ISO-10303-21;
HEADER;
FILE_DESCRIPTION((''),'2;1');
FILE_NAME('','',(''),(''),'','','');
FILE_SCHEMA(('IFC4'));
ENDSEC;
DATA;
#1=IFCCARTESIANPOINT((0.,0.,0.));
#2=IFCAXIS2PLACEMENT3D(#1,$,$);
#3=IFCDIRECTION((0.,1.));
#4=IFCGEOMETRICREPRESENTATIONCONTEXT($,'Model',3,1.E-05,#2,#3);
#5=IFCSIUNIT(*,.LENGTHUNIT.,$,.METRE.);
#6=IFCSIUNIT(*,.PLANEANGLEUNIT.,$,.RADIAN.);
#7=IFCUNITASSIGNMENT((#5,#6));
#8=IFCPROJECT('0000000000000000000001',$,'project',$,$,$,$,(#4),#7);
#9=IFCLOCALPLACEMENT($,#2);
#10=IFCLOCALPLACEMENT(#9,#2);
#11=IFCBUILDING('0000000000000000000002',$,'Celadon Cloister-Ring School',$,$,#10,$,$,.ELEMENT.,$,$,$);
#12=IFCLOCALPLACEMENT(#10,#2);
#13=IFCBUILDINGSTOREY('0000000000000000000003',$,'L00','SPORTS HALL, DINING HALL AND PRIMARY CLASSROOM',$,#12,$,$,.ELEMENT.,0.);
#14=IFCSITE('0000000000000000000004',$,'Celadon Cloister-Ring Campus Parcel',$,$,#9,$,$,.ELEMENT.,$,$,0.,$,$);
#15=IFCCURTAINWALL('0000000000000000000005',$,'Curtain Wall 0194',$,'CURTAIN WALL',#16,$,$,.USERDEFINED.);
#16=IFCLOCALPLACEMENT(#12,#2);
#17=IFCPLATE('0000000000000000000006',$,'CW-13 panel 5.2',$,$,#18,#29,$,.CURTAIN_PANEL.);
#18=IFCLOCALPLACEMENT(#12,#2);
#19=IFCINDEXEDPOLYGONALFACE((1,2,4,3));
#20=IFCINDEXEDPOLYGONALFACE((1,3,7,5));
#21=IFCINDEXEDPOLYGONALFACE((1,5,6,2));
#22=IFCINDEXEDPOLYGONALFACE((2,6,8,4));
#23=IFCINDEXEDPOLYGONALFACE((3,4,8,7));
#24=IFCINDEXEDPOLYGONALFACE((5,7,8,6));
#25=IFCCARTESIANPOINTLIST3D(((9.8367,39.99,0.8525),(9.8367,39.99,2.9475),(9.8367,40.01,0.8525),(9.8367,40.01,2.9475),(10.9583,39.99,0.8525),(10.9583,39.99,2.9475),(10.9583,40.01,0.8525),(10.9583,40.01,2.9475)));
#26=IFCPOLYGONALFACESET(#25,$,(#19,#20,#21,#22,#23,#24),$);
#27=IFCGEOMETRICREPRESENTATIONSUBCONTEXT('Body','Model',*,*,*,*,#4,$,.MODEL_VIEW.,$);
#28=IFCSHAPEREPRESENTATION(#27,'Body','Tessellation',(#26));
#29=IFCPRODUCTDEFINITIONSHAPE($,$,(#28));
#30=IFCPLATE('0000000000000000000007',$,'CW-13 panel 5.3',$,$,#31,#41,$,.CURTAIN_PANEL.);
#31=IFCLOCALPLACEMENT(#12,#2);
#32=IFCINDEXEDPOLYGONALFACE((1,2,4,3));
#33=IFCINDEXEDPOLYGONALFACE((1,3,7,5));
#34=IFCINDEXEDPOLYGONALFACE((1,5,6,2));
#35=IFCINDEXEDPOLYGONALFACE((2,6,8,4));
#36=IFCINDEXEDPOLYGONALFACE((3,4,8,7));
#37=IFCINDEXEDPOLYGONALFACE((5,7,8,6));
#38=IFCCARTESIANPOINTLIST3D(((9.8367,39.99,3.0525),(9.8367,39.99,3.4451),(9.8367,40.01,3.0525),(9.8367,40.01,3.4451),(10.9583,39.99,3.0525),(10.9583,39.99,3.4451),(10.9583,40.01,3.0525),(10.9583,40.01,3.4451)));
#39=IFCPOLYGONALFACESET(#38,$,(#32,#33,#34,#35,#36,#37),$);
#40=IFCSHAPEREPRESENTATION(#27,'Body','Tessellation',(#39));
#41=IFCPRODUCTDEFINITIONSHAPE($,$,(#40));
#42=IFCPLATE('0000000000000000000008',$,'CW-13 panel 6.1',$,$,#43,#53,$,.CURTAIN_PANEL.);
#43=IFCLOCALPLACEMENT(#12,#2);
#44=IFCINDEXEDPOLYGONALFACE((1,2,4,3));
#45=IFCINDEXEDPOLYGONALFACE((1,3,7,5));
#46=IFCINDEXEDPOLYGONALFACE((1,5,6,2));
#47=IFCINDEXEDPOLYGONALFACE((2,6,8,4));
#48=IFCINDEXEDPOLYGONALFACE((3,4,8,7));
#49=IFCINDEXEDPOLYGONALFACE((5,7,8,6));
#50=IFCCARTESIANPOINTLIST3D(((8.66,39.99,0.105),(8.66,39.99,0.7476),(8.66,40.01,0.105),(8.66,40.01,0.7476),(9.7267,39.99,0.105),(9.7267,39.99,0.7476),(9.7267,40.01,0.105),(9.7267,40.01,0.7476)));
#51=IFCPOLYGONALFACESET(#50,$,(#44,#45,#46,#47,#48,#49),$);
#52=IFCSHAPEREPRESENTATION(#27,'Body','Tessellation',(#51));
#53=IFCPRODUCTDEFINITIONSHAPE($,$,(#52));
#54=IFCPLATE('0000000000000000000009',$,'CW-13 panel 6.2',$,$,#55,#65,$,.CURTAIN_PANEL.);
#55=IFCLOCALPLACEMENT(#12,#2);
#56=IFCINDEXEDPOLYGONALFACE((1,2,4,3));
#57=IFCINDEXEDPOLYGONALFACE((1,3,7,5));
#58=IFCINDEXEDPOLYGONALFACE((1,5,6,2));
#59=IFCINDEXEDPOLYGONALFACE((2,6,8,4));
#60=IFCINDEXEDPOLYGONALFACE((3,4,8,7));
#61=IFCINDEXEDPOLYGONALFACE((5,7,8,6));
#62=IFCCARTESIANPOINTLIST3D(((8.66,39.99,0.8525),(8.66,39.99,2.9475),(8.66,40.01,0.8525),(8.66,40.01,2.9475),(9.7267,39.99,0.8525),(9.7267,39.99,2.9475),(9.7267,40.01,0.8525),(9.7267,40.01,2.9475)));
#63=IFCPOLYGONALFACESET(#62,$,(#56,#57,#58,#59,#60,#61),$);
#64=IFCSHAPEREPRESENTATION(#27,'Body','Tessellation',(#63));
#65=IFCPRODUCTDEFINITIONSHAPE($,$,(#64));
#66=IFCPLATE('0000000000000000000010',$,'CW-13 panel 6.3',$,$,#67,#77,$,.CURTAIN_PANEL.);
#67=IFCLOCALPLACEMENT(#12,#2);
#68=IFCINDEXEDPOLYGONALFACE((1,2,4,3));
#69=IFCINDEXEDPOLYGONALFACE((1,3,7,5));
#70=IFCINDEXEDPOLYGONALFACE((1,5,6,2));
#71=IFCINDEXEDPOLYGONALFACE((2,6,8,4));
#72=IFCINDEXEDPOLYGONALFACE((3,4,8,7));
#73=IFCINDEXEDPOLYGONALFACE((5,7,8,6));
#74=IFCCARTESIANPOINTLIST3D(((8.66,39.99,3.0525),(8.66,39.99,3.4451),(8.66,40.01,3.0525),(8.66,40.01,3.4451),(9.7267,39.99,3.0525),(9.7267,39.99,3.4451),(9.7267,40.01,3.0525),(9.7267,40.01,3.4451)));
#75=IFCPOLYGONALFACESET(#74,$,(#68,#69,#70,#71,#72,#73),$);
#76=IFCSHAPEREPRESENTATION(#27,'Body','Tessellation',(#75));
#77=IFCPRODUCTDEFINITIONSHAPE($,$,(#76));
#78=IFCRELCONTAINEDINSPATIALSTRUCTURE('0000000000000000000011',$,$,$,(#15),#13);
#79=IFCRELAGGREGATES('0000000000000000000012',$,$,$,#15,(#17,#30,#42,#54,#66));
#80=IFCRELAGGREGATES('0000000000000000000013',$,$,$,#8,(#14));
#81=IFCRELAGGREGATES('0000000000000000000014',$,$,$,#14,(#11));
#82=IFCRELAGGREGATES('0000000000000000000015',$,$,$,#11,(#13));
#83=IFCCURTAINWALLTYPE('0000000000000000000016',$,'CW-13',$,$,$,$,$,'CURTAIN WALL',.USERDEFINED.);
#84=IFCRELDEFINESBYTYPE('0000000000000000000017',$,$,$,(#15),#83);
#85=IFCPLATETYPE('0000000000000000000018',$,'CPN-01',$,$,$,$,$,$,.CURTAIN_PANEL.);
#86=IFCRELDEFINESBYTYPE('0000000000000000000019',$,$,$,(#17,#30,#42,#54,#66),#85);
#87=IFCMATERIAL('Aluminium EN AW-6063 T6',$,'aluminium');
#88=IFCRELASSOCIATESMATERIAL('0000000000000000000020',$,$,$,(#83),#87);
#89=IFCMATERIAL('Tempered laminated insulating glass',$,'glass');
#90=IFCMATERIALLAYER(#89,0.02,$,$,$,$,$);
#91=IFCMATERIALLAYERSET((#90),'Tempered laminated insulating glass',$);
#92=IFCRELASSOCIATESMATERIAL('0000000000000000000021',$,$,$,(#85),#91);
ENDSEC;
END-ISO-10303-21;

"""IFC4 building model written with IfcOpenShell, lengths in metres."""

from ifc_helpers import new_model, si_unit, direction, frame, origin, origin_2d, place, context, subcontext, project, spatial, rectangle, extrude, material, layer, layer_set, type_object, element, aggregate, save


model = new_model("IFC4")

# Units and contexts
model_context = context("Model", 3, precision=1e-05, world=origin(), true_north=direction((0.0, 1.0)))
body_context = subcontext(model_context, "Body", "Model", "MODEL_VIEW")
ifc_project = project(units=[si_unit("LENGTHUNIT", "METRE"), si_unit("PLANEANGLEUNIT", "RADIAN")], contexts=[model_context])

# Site, building, storey
site_placement = place(None, origin())
site = spatial("IfcSite", under=ifc_project, at=site_placement, Name="Celadon Cloister-Ring Campus Parcel", CompositionType="ELEMENT", RefElevation=0.0)
building_placement = place(site_placement, origin())
building = spatial("IfcBuilding", under=site, at=building_placement, Name="Celadon Cloister-Ring School", CompositionType="ELEMENT")
storey_placement = place(building_placement, origin())
storey = spatial("IfcBuildingStorey", under=building, at=storey_placement, Name="L00", Description="SPORTS HALL, DINING HALL AND PRIMARY CLASSROOM", CompositionType="ELEMENT", Elevation=0.0)

# Curtain wall, plates
ifc_material_1 = material(Name="Aluminium EN AW-6063 T6", Category="aluminium")
curtain_wall_type = type_object("IfcCurtainWallType", Name="CW-13", ElementType="CURTAIN WALL", PredefinedType="USERDEFINED", material=ifc_material_1)
curtain_wall_placement = place(storey_placement, origin())
curtain_wall = element("IfcCurtainWall", 1, at=curtain_wall_placement, inside=storey, type_object=curtain_wall_type, Name="Curtain Wall 0194", ObjectType="CURTAIN WALL", PredefinedType="USERDEFINED")
ifc_material_2 = material(Name="Tempered laminated insulating glass", Category="glass")
ifc_layer = layer(ifc_material_2, 0.02)
ifc_layer_set = layer_set([ifc_layer], Name="Tempered laminated insulating glass")
plate_type = type_object("IfcPlateType", Name="CPN-01", PredefinedType="CURTAIN_PANEL", material=ifc_layer_set)
plate_1_placement = place(storey_placement, frame((10.3975, 40.0, 0.8525), z_axis=(0.0, 0.0, 1.0), x_axis=(-1.0, 0.0, 0.0)))
plate_1 = element("IfcPlate", 2, at=plate_1_placement, type_object=plate_type, Name="CW-13 panel 5.2", PredefinedType="CURTAIN_PANEL", context=body_context, shape_type="SweptSolid", body=[
    extrude(rectangle(XDim=1.1216, YDim=0.02, at=origin_2d()), origin(), (0.0, 0.0, 1.0), 2.095),
])
plate_2_placement = place(storey_placement, frame((10.3975, 40.0, 3.0525), z_axis=(0.0, 0.0, 1.0), x_axis=(-1.0, 0.0, 0.0)))
plate_2 = element("IfcPlate", 3, at=plate_2_placement, type_object=plate_type, Name="CW-13 panel 5.3", PredefinedType="CURTAIN_PANEL", context=body_context, shape_type="SweptSolid", body=[
    extrude(rectangle(XDim=1.1216, YDim=0.02, at=origin_2d()), origin(), (0.0, 0.0, 1.0), 0.3926),
])
plate_3_placement = place(storey_placement, frame((9.1934, 40.0, 0.105), z_axis=(0.0, 0.0, 1.0), x_axis=(-1.0, 0.0, 0.0)))
plate_3 = element("IfcPlate", 4, at=plate_3_placement, type_object=plate_type, Name="CW-13 panel 6.1", PredefinedType="CURTAIN_PANEL", context=body_context, shape_type="SweptSolid", body=[
    extrude(rectangle(XDim=1.0667, YDim=0.02, at=origin_2d()), origin(), (0.0, 0.0, 1.0), 0.6426),
])
plate_4_placement = place(storey_placement, frame((9.1934, 40.0, 0.8525), z_axis=(0.0, 0.0, 1.0), x_axis=(-1.0, 0.0, 0.0)))
plate_4 = element("IfcPlate", 5, at=plate_4_placement, type_object=plate_type, Name="CW-13 panel 6.2", PredefinedType="CURTAIN_PANEL", context=body_context, shape_type="SweptSolid", body=[
    extrude(rectangle(XDim=1.0667, YDim=0.02, at=origin_2d()), origin(), (0.0, 0.0, 1.0), 2.095),
])
plate_5_placement = place(storey_placement, frame((9.1934, 40.0, 3.0525), z_axis=(0.0, 0.0, 1.0), x_axis=(-1.0, 0.0, 0.0)))
plate_5 = element("IfcPlate", 6, at=plate_5_placement, type_object=plate_type, Name="CW-13 panel 6.3", PredefinedType="CURTAIN_PANEL", context=body_context, shape_type="SweptSolid", body=[
    extrude(rectangle(XDim=1.0667, YDim=0.02, at=origin_2d()), origin(), (0.0, 0.0, 1.0), 0.3926),
])
aggregate(curtain_wall, [plate_1, plate_2, plate_3, plate_4, plate_5])

save(model, "model.ifc")
